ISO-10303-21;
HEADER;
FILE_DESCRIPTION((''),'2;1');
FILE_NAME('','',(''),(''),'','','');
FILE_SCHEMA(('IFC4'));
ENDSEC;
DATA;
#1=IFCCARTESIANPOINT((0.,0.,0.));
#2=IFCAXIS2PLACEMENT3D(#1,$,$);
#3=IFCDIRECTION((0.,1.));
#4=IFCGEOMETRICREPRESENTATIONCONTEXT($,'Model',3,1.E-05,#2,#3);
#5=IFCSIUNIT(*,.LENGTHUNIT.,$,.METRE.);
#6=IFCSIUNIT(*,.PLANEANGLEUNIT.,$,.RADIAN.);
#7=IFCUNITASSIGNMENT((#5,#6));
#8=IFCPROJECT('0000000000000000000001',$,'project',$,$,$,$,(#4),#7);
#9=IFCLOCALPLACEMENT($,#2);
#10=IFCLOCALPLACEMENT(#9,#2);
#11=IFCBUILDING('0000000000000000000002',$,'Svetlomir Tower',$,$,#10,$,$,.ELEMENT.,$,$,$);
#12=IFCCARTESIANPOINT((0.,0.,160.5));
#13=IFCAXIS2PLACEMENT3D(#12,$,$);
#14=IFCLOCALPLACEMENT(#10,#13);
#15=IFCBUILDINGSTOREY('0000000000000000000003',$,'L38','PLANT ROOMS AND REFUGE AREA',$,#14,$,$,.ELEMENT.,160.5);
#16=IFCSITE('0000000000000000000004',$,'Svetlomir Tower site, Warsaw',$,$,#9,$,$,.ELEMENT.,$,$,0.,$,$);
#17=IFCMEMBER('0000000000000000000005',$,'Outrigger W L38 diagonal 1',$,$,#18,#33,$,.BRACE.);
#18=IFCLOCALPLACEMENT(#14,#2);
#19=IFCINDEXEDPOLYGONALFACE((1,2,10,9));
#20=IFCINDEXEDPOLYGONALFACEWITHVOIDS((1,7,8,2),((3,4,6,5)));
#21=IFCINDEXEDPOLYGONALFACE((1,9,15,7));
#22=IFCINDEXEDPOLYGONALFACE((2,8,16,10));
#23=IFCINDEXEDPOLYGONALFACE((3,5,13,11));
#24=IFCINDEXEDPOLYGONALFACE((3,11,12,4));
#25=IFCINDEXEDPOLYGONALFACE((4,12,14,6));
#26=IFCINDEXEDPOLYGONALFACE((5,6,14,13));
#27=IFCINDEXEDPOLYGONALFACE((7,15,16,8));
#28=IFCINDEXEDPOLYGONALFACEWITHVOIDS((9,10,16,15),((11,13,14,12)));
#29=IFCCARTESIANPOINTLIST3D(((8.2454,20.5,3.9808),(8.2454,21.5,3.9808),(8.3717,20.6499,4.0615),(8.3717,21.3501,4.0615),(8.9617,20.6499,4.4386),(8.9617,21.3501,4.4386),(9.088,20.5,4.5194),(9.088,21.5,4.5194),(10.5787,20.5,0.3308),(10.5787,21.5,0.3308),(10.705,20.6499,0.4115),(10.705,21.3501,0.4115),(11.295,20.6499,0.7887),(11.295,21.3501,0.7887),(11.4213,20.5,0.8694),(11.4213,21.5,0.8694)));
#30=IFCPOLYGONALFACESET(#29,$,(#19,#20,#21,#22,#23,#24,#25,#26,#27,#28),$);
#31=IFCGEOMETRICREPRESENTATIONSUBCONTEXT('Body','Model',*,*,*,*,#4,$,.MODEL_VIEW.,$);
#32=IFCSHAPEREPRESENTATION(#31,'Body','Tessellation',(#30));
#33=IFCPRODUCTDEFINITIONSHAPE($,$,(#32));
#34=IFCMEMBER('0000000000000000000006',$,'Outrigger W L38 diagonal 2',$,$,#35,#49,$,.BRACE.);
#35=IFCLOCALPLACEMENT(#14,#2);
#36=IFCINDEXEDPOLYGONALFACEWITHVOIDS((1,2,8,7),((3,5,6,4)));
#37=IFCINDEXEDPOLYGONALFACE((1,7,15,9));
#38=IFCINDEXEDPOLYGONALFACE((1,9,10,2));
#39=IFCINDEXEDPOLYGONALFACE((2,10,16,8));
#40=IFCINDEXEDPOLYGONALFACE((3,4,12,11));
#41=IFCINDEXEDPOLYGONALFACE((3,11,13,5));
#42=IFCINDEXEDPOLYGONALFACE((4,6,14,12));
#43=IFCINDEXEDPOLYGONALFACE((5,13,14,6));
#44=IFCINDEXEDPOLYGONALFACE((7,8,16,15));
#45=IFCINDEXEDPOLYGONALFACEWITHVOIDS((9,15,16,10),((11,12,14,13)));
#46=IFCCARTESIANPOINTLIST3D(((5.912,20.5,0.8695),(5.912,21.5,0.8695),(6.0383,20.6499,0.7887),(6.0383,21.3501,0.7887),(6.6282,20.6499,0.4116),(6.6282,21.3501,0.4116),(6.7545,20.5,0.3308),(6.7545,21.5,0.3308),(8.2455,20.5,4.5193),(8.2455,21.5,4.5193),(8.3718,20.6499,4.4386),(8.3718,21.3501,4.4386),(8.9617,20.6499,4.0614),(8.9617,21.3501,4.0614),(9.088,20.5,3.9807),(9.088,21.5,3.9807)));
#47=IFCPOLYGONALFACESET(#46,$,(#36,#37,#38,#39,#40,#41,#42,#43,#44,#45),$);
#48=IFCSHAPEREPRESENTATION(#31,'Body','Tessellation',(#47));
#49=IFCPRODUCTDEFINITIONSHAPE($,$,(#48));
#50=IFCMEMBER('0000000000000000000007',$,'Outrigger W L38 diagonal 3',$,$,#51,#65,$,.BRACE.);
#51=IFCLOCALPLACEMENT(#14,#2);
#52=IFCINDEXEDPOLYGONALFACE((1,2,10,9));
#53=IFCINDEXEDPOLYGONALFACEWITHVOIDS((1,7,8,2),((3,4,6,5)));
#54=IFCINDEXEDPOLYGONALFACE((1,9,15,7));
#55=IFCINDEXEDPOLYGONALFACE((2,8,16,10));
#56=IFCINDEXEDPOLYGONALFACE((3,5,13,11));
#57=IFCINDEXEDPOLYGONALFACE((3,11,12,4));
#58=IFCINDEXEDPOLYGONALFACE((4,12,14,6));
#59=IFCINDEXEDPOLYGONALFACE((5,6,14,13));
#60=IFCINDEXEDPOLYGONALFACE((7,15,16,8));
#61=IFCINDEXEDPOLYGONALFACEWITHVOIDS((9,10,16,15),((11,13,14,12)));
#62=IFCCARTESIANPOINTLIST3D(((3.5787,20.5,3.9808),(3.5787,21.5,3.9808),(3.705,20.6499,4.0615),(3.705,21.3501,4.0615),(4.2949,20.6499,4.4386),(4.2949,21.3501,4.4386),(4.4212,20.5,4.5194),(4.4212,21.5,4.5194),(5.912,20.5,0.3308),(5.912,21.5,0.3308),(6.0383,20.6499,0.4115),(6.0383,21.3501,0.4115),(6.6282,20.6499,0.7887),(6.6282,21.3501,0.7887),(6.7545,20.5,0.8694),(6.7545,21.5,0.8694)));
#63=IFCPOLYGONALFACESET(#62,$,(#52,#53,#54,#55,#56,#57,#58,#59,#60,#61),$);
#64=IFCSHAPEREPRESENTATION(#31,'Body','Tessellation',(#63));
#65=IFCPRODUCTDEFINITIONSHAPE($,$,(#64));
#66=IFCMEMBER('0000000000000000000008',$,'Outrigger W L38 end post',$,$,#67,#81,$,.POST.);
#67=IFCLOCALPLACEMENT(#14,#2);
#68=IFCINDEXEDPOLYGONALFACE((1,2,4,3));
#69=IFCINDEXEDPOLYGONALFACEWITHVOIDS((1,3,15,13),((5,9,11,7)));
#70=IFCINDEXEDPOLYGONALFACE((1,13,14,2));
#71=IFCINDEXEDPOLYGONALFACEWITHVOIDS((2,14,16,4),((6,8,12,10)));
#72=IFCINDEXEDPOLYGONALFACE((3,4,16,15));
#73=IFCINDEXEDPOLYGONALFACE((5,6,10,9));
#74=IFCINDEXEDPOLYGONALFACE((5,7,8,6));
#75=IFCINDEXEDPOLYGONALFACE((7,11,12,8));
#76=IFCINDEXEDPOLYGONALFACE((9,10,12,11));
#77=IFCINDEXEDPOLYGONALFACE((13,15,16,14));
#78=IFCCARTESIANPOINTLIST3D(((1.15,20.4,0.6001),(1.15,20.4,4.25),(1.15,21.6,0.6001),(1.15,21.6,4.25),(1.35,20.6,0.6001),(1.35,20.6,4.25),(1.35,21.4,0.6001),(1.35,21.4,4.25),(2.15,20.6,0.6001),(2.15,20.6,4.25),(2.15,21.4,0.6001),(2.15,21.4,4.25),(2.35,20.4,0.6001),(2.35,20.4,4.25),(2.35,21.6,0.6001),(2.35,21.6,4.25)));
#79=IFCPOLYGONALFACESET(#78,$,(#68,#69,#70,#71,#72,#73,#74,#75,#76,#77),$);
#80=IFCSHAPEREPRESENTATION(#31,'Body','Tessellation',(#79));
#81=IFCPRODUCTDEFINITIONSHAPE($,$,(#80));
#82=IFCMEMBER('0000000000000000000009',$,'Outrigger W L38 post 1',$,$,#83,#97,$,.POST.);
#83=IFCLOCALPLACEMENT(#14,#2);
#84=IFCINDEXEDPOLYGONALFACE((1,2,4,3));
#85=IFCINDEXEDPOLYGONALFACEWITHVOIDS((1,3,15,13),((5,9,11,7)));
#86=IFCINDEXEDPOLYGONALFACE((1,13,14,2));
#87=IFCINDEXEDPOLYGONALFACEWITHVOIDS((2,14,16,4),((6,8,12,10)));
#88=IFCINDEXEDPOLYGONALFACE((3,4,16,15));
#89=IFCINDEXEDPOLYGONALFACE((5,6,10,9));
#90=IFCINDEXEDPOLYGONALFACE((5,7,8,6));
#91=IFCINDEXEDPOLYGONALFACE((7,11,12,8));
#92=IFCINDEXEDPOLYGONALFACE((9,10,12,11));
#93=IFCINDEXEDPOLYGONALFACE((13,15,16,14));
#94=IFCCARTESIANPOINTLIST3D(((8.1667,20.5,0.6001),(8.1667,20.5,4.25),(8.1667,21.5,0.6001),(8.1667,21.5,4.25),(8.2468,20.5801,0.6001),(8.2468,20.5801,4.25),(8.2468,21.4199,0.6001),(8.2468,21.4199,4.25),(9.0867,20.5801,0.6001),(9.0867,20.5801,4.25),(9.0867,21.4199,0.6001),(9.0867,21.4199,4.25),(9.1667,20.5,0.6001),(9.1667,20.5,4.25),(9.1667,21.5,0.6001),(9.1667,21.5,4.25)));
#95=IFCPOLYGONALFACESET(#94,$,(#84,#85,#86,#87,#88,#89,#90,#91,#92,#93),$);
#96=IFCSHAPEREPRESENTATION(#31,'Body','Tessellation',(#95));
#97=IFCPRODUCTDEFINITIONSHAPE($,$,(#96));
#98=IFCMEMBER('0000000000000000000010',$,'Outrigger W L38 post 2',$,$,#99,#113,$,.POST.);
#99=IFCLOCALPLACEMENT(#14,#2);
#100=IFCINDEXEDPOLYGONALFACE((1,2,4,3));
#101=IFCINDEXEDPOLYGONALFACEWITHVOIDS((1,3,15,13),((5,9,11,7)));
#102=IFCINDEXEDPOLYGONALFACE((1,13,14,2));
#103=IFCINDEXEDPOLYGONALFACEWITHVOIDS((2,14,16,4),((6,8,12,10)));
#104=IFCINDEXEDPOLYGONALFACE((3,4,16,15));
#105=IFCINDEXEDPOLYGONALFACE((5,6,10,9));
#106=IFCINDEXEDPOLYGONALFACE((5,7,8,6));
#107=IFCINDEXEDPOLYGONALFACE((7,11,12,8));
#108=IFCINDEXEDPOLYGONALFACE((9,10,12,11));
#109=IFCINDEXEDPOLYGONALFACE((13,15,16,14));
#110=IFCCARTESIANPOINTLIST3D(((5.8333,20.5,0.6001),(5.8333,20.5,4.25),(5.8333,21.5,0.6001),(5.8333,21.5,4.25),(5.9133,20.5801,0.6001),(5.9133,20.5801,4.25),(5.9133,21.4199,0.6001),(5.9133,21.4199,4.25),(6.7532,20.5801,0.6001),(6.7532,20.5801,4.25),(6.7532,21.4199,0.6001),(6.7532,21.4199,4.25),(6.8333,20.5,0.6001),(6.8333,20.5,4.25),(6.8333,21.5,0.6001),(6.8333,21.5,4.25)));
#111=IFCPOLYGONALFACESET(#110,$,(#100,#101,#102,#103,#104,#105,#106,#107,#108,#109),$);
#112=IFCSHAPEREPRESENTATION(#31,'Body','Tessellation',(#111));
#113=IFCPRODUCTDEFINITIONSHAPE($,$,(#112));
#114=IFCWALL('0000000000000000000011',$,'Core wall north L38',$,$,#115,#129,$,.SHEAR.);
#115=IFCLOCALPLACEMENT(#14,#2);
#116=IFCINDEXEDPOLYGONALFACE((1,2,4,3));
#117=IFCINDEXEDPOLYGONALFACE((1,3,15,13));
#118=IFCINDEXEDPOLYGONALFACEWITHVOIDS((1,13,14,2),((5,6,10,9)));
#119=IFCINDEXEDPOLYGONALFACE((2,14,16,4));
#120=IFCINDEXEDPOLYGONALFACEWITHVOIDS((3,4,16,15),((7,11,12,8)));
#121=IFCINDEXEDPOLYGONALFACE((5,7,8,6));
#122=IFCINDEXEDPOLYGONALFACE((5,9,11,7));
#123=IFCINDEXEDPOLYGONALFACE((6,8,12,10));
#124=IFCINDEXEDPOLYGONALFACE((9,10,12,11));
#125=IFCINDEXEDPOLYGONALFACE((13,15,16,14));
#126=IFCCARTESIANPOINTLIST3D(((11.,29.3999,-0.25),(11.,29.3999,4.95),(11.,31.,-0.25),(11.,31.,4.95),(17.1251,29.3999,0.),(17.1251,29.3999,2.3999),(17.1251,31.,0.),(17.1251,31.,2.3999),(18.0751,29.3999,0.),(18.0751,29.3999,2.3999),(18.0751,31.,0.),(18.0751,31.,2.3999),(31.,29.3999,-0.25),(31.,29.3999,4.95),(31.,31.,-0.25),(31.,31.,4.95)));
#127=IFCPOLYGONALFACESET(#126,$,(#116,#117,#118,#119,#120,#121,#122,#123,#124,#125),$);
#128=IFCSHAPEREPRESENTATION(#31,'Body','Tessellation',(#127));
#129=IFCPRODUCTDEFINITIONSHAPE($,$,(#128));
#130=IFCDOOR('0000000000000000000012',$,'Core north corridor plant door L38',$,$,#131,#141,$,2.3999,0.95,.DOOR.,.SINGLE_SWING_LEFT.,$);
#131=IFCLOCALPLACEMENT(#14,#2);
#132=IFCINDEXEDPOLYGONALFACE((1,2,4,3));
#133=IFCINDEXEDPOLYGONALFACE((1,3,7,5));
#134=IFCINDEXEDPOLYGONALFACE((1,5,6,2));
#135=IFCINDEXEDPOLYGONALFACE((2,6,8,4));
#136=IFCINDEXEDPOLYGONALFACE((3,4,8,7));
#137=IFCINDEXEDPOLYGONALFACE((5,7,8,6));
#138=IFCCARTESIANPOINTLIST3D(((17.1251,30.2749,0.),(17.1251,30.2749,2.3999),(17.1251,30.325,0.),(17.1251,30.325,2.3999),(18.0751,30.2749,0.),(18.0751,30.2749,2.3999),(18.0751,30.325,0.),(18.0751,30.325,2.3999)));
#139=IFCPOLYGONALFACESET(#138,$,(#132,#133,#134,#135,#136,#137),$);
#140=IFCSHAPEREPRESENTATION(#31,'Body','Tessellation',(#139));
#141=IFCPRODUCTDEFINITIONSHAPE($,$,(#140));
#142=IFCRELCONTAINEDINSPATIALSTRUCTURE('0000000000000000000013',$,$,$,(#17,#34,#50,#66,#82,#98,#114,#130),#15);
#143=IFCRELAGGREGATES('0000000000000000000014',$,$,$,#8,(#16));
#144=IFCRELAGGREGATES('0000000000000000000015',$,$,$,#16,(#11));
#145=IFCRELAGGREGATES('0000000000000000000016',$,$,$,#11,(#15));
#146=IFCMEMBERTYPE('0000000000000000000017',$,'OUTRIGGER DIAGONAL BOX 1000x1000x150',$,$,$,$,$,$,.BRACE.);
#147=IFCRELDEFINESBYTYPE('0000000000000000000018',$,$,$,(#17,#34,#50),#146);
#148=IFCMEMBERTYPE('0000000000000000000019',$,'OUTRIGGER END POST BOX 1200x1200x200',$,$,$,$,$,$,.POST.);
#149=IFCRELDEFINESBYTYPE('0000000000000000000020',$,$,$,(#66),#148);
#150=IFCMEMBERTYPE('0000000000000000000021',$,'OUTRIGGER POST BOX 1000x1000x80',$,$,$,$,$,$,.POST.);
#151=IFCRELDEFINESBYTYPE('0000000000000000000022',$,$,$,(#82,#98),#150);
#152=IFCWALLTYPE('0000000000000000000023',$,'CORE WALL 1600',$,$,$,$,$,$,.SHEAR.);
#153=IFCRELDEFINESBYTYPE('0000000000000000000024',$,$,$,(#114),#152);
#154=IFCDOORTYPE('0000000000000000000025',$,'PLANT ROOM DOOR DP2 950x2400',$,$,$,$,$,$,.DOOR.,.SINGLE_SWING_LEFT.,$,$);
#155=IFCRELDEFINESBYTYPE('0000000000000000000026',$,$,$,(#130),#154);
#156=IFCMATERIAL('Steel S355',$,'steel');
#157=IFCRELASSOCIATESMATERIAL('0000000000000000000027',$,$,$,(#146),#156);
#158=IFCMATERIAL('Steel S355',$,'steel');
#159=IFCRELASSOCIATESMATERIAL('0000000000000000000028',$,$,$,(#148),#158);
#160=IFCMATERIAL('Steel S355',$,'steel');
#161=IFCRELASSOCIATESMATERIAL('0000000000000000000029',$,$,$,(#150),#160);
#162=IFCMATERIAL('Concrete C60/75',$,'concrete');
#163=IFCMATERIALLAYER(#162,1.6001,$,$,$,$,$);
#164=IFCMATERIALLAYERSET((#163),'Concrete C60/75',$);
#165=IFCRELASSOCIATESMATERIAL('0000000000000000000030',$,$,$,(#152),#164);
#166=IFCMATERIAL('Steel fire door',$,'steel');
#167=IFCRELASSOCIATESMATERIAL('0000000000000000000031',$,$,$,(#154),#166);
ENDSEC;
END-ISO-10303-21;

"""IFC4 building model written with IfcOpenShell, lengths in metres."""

from ifc_helpers import new_model, si_unit, direction, frame, frame_2d, origin, origin_2d, place, context, subcontext, project, spatial, rectangle, hollow_rectangle, extrude, material, layer, layer_set, material_profile, profile_set, type_object, element, fill, save


model = new_model("IFC4")

# Units and contexts
model_context = context("Model", 3, precision=1e-05, world=origin(), true_north=direction((0.0, 1.0)))
body_context = subcontext(model_context, "Body", "Model", "MODEL_VIEW")
ifc_project = project(units=[si_unit("LENGTHUNIT", "METRE"), si_unit("PLANEANGLEUNIT", "RADIAN")], contexts=[model_context])

# Site, building, storey
site_placement = place(None, origin())
site = spatial("IfcSite", under=ifc_project, at=site_placement, Name="Svetlomir Tower site, Warsaw", CompositionType="ELEMENT", RefElevation=0.0)
building_placement = place(site_placement, origin())
building = spatial("IfcBuilding", under=site, at=building_placement, Name="Svetlomir Tower", CompositionType="ELEMENT")
storey_placement = place(building_placement, frame((0.0, 0.0, 160.5)))
storey = spatial("IfcBuildingStorey", under=building, at=storey_placement, Name="L38", Description="PLANT ROOMS AND REFUGE AREA", CompositionType="ELEMENT", Elevation=160.5)

# Members
ifc_material_1 = material(Name="Steel S355", Category="steel")
ifc_material_profile_1 = material_profile(ifc_material_1, hollow_rectangle(XDim=1.0, YDim=1.0, WallThickness=0.1499, at=origin_2d()), Name="BOX 1000x1000x150")
ifc_profile_set_1 = profile_set([ifc_material_profile_1], Name="Steel S355")
member_type_1 = type_object("IfcMemberType", Name="OUTRIGGER DIAGONAL BOX 1000x1000x150", PredefinedType="BRACE", material=ifc_profile_set_1)
for number, where, z_axis, x_axis, name in (
    (1, (11.0, 21.0, 0.6001), (-0.538614, 0.0, 0.842553), (0.0, -1.0, 0.0), "Outrigger W L38 diagonal 1"),
    (2, (8.6667, 21.0, 4.25), (-0.538654, 0.0, -0.842527), (0.0, -1.0, 0.0), "Outrigger W L38 diagonal 2"),
    (3, (6.3333, 21.0, 0.6001), (-0.538614, 0.0, 0.842553), (0.0, -1.0, 0.0), "Outrigger W L38 diagonal 3"),
):
    element("IfcMember", number, at=place(storey_placement, frame(where, z_axis=z_axis, x_axis=x_axis)), inside=storey, type_object=member_type_1, Name=name, PredefinedType="BRACE", context=body_context, shape_type="SweptSolid", body=[
        extrude(hollow_rectangle(XDim=1.0, YDim=1.0, WallThickness=0.1499, at=origin_2d()), origin(), (0.0, 0.0, 1.0), 4.332),
    ])
ifc_material_2 = material(Name="Steel S355", Category="steel")
ifc_material_profile_2 = material_profile(ifc_material_2, hollow_rectangle(XDim=1.2, YDim=1.2, WallThickness=0.2, at=origin_2d()), Name="BOX 1200x1200x200")
ifc_profile_set_2 = profile_set([ifc_material_profile_2], Name="Steel S355")
member_type_2 = type_object("IfcMemberType", Name="OUTRIGGER END POST BOX 1200x1200x200", PredefinedType="POST", material=ifc_profile_set_2)
member_1_placement = place(storey_placement, frame((1.75, 21.0, 0.6001), z_axis=(0.0, 0.0, 1.0), x_axis=(1.0, 0.0, 0.0)))
element("IfcMember", 4, at=member_1_placement, inside=storey, type_object=member_type_2, Name="Outrigger W L38 end post", PredefinedType="POST", context=body_context, shape_type="SweptSolid", body=[
    extrude(hollow_rectangle(XDim=1.2, YDim=1.2, WallThickness=0.2, at=origin_2d()), origin(), (0.0, 0.0, 1.0), 3.6499),
])
ifc_material_3 = material(Name="Steel S355", Category="steel")
ifc_material_profile_3 = material_profile(ifc_material_3, hollow_rectangle(XDim=1.0, YDim=1.0, WallThickness=0.0801, at=origin_2d()), Name="BOX 1000x1000x80")
ifc_profile_set_3 = profile_set([ifc_material_profile_3], Name="Steel S355")
member_type_3 = type_object("IfcMemberType", Name="OUTRIGGER POST BOX 1000x1000x80", PredefinedType="POST", material=ifc_profile_set_3)
for number, where, z_axis, x_axis, name in (
    (5, (8.6667, 21.0, 0.6001), (0.0, 0.0, 1.0), (1.0, 0.0, 0.0), "Outrigger W L38 post 1"),
    (6, (6.3333, 21.0, 0.6001), (0.0, 0.0, 1.0), (1.0, 0.0, 0.0), "Outrigger W L38 post 2"),
):
    element("IfcMember", number, at=place(storey_placement, frame(where, z_axis=z_axis, x_axis=x_axis)), inside=storey, type_object=member_type_3, Name=name, PredefinedType="POST", context=body_context, shape_type="SweptSolid", body=[
        extrude(hollow_rectangle(XDim=1.0, YDim=1.0, WallThickness=0.0801, at=origin_2d()), origin(), (0.0, 0.0, 1.0), 3.6499),
    ])

# Wall, opening, door
ifc_material_4 = material(Name="Concrete C60/75", Category="concrete")
ifc_layer = layer(ifc_material_4, 1.6001)
ifc_layer_set = layer_set([ifc_layer], Name="Concrete C60/75")
wall_type = type_object("IfcWallType", Name="CORE WALL 1600", PredefinedType="SHEAR", material=ifc_layer_set)
wall_placement = place(storey_placement, frame((11.0, 30.2, -0.25), z_axis=(0.0, 0.0, 1.0), x_axis=(1.0, 0.0, 0.0)))
wall = element("IfcWall", 7, at=wall_placement, inside=storey, type_object=wall_type, Name="Core wall north L38", PredefinedType="SHEAR", context=body_context, shape_type="SweptSolid", body=[
    extrude(rectangle(XDim=20.0, YDim=1.6001, at=frame_2d((10.0, 0.0))), origin(), (0.0, 0.0, 1.0), 5.2),
])
opening_placement = place(wall_placement, frame((6.125, 0.0, 0.25)))
opening = element("IfcOpeningElement", 8, at=opening_placement, cuts=wall, PredefinedType="OPENING", context=body_context, shape_type="SweptSolid", body=[
    extrude(rectangle(XDim=0.95, YDim=2.3999, at=frame_2d((0.4751, 1.2))), frame((0.0, 0.8101, 0.0), z_axis=(0.0, -1.0, 0.0), x_axis=(1.0, 0.0, 0.0)), (0.0, 0.0, 1.0), 1.6201),
])
ifc_material_5 = material(Name="Steel fire door", Category="steel")
door_type = type_object("IfcDoorType", Name="PLANT ROOM DOOR DP2 950x2400", OperationType="SINGLE_SWING_LEFT", PredefinedType="DOOR", material=ifc_material_5)
door_placement = place(opening_placement, origin())
door = element("IfcDoor", 9, at=door_placement, inside=storey, type_object=door_type, Name="Core north corridor plant door L38", OperationType="SINGLE_SWING_LEFT", OverallHeight=2.3999, OverallWidth=0.95, PredefinedType="DOOR", context=body_context, shape_type="SweptSolid", body=[
    extrude(rectangle(XDim=0.95, YDim=2.3999, at=frame_2d((0.4751, 1.2))), frame((0.0, 0.125, 0.0), z_axis=(0.0, -1.0, 0.0), x_axis=(1.0, 0.0, 0.0)), (0.0, 0.0, 1.0), 0.05),
])
fill(opening, door)

save(model, "model.ifc")
